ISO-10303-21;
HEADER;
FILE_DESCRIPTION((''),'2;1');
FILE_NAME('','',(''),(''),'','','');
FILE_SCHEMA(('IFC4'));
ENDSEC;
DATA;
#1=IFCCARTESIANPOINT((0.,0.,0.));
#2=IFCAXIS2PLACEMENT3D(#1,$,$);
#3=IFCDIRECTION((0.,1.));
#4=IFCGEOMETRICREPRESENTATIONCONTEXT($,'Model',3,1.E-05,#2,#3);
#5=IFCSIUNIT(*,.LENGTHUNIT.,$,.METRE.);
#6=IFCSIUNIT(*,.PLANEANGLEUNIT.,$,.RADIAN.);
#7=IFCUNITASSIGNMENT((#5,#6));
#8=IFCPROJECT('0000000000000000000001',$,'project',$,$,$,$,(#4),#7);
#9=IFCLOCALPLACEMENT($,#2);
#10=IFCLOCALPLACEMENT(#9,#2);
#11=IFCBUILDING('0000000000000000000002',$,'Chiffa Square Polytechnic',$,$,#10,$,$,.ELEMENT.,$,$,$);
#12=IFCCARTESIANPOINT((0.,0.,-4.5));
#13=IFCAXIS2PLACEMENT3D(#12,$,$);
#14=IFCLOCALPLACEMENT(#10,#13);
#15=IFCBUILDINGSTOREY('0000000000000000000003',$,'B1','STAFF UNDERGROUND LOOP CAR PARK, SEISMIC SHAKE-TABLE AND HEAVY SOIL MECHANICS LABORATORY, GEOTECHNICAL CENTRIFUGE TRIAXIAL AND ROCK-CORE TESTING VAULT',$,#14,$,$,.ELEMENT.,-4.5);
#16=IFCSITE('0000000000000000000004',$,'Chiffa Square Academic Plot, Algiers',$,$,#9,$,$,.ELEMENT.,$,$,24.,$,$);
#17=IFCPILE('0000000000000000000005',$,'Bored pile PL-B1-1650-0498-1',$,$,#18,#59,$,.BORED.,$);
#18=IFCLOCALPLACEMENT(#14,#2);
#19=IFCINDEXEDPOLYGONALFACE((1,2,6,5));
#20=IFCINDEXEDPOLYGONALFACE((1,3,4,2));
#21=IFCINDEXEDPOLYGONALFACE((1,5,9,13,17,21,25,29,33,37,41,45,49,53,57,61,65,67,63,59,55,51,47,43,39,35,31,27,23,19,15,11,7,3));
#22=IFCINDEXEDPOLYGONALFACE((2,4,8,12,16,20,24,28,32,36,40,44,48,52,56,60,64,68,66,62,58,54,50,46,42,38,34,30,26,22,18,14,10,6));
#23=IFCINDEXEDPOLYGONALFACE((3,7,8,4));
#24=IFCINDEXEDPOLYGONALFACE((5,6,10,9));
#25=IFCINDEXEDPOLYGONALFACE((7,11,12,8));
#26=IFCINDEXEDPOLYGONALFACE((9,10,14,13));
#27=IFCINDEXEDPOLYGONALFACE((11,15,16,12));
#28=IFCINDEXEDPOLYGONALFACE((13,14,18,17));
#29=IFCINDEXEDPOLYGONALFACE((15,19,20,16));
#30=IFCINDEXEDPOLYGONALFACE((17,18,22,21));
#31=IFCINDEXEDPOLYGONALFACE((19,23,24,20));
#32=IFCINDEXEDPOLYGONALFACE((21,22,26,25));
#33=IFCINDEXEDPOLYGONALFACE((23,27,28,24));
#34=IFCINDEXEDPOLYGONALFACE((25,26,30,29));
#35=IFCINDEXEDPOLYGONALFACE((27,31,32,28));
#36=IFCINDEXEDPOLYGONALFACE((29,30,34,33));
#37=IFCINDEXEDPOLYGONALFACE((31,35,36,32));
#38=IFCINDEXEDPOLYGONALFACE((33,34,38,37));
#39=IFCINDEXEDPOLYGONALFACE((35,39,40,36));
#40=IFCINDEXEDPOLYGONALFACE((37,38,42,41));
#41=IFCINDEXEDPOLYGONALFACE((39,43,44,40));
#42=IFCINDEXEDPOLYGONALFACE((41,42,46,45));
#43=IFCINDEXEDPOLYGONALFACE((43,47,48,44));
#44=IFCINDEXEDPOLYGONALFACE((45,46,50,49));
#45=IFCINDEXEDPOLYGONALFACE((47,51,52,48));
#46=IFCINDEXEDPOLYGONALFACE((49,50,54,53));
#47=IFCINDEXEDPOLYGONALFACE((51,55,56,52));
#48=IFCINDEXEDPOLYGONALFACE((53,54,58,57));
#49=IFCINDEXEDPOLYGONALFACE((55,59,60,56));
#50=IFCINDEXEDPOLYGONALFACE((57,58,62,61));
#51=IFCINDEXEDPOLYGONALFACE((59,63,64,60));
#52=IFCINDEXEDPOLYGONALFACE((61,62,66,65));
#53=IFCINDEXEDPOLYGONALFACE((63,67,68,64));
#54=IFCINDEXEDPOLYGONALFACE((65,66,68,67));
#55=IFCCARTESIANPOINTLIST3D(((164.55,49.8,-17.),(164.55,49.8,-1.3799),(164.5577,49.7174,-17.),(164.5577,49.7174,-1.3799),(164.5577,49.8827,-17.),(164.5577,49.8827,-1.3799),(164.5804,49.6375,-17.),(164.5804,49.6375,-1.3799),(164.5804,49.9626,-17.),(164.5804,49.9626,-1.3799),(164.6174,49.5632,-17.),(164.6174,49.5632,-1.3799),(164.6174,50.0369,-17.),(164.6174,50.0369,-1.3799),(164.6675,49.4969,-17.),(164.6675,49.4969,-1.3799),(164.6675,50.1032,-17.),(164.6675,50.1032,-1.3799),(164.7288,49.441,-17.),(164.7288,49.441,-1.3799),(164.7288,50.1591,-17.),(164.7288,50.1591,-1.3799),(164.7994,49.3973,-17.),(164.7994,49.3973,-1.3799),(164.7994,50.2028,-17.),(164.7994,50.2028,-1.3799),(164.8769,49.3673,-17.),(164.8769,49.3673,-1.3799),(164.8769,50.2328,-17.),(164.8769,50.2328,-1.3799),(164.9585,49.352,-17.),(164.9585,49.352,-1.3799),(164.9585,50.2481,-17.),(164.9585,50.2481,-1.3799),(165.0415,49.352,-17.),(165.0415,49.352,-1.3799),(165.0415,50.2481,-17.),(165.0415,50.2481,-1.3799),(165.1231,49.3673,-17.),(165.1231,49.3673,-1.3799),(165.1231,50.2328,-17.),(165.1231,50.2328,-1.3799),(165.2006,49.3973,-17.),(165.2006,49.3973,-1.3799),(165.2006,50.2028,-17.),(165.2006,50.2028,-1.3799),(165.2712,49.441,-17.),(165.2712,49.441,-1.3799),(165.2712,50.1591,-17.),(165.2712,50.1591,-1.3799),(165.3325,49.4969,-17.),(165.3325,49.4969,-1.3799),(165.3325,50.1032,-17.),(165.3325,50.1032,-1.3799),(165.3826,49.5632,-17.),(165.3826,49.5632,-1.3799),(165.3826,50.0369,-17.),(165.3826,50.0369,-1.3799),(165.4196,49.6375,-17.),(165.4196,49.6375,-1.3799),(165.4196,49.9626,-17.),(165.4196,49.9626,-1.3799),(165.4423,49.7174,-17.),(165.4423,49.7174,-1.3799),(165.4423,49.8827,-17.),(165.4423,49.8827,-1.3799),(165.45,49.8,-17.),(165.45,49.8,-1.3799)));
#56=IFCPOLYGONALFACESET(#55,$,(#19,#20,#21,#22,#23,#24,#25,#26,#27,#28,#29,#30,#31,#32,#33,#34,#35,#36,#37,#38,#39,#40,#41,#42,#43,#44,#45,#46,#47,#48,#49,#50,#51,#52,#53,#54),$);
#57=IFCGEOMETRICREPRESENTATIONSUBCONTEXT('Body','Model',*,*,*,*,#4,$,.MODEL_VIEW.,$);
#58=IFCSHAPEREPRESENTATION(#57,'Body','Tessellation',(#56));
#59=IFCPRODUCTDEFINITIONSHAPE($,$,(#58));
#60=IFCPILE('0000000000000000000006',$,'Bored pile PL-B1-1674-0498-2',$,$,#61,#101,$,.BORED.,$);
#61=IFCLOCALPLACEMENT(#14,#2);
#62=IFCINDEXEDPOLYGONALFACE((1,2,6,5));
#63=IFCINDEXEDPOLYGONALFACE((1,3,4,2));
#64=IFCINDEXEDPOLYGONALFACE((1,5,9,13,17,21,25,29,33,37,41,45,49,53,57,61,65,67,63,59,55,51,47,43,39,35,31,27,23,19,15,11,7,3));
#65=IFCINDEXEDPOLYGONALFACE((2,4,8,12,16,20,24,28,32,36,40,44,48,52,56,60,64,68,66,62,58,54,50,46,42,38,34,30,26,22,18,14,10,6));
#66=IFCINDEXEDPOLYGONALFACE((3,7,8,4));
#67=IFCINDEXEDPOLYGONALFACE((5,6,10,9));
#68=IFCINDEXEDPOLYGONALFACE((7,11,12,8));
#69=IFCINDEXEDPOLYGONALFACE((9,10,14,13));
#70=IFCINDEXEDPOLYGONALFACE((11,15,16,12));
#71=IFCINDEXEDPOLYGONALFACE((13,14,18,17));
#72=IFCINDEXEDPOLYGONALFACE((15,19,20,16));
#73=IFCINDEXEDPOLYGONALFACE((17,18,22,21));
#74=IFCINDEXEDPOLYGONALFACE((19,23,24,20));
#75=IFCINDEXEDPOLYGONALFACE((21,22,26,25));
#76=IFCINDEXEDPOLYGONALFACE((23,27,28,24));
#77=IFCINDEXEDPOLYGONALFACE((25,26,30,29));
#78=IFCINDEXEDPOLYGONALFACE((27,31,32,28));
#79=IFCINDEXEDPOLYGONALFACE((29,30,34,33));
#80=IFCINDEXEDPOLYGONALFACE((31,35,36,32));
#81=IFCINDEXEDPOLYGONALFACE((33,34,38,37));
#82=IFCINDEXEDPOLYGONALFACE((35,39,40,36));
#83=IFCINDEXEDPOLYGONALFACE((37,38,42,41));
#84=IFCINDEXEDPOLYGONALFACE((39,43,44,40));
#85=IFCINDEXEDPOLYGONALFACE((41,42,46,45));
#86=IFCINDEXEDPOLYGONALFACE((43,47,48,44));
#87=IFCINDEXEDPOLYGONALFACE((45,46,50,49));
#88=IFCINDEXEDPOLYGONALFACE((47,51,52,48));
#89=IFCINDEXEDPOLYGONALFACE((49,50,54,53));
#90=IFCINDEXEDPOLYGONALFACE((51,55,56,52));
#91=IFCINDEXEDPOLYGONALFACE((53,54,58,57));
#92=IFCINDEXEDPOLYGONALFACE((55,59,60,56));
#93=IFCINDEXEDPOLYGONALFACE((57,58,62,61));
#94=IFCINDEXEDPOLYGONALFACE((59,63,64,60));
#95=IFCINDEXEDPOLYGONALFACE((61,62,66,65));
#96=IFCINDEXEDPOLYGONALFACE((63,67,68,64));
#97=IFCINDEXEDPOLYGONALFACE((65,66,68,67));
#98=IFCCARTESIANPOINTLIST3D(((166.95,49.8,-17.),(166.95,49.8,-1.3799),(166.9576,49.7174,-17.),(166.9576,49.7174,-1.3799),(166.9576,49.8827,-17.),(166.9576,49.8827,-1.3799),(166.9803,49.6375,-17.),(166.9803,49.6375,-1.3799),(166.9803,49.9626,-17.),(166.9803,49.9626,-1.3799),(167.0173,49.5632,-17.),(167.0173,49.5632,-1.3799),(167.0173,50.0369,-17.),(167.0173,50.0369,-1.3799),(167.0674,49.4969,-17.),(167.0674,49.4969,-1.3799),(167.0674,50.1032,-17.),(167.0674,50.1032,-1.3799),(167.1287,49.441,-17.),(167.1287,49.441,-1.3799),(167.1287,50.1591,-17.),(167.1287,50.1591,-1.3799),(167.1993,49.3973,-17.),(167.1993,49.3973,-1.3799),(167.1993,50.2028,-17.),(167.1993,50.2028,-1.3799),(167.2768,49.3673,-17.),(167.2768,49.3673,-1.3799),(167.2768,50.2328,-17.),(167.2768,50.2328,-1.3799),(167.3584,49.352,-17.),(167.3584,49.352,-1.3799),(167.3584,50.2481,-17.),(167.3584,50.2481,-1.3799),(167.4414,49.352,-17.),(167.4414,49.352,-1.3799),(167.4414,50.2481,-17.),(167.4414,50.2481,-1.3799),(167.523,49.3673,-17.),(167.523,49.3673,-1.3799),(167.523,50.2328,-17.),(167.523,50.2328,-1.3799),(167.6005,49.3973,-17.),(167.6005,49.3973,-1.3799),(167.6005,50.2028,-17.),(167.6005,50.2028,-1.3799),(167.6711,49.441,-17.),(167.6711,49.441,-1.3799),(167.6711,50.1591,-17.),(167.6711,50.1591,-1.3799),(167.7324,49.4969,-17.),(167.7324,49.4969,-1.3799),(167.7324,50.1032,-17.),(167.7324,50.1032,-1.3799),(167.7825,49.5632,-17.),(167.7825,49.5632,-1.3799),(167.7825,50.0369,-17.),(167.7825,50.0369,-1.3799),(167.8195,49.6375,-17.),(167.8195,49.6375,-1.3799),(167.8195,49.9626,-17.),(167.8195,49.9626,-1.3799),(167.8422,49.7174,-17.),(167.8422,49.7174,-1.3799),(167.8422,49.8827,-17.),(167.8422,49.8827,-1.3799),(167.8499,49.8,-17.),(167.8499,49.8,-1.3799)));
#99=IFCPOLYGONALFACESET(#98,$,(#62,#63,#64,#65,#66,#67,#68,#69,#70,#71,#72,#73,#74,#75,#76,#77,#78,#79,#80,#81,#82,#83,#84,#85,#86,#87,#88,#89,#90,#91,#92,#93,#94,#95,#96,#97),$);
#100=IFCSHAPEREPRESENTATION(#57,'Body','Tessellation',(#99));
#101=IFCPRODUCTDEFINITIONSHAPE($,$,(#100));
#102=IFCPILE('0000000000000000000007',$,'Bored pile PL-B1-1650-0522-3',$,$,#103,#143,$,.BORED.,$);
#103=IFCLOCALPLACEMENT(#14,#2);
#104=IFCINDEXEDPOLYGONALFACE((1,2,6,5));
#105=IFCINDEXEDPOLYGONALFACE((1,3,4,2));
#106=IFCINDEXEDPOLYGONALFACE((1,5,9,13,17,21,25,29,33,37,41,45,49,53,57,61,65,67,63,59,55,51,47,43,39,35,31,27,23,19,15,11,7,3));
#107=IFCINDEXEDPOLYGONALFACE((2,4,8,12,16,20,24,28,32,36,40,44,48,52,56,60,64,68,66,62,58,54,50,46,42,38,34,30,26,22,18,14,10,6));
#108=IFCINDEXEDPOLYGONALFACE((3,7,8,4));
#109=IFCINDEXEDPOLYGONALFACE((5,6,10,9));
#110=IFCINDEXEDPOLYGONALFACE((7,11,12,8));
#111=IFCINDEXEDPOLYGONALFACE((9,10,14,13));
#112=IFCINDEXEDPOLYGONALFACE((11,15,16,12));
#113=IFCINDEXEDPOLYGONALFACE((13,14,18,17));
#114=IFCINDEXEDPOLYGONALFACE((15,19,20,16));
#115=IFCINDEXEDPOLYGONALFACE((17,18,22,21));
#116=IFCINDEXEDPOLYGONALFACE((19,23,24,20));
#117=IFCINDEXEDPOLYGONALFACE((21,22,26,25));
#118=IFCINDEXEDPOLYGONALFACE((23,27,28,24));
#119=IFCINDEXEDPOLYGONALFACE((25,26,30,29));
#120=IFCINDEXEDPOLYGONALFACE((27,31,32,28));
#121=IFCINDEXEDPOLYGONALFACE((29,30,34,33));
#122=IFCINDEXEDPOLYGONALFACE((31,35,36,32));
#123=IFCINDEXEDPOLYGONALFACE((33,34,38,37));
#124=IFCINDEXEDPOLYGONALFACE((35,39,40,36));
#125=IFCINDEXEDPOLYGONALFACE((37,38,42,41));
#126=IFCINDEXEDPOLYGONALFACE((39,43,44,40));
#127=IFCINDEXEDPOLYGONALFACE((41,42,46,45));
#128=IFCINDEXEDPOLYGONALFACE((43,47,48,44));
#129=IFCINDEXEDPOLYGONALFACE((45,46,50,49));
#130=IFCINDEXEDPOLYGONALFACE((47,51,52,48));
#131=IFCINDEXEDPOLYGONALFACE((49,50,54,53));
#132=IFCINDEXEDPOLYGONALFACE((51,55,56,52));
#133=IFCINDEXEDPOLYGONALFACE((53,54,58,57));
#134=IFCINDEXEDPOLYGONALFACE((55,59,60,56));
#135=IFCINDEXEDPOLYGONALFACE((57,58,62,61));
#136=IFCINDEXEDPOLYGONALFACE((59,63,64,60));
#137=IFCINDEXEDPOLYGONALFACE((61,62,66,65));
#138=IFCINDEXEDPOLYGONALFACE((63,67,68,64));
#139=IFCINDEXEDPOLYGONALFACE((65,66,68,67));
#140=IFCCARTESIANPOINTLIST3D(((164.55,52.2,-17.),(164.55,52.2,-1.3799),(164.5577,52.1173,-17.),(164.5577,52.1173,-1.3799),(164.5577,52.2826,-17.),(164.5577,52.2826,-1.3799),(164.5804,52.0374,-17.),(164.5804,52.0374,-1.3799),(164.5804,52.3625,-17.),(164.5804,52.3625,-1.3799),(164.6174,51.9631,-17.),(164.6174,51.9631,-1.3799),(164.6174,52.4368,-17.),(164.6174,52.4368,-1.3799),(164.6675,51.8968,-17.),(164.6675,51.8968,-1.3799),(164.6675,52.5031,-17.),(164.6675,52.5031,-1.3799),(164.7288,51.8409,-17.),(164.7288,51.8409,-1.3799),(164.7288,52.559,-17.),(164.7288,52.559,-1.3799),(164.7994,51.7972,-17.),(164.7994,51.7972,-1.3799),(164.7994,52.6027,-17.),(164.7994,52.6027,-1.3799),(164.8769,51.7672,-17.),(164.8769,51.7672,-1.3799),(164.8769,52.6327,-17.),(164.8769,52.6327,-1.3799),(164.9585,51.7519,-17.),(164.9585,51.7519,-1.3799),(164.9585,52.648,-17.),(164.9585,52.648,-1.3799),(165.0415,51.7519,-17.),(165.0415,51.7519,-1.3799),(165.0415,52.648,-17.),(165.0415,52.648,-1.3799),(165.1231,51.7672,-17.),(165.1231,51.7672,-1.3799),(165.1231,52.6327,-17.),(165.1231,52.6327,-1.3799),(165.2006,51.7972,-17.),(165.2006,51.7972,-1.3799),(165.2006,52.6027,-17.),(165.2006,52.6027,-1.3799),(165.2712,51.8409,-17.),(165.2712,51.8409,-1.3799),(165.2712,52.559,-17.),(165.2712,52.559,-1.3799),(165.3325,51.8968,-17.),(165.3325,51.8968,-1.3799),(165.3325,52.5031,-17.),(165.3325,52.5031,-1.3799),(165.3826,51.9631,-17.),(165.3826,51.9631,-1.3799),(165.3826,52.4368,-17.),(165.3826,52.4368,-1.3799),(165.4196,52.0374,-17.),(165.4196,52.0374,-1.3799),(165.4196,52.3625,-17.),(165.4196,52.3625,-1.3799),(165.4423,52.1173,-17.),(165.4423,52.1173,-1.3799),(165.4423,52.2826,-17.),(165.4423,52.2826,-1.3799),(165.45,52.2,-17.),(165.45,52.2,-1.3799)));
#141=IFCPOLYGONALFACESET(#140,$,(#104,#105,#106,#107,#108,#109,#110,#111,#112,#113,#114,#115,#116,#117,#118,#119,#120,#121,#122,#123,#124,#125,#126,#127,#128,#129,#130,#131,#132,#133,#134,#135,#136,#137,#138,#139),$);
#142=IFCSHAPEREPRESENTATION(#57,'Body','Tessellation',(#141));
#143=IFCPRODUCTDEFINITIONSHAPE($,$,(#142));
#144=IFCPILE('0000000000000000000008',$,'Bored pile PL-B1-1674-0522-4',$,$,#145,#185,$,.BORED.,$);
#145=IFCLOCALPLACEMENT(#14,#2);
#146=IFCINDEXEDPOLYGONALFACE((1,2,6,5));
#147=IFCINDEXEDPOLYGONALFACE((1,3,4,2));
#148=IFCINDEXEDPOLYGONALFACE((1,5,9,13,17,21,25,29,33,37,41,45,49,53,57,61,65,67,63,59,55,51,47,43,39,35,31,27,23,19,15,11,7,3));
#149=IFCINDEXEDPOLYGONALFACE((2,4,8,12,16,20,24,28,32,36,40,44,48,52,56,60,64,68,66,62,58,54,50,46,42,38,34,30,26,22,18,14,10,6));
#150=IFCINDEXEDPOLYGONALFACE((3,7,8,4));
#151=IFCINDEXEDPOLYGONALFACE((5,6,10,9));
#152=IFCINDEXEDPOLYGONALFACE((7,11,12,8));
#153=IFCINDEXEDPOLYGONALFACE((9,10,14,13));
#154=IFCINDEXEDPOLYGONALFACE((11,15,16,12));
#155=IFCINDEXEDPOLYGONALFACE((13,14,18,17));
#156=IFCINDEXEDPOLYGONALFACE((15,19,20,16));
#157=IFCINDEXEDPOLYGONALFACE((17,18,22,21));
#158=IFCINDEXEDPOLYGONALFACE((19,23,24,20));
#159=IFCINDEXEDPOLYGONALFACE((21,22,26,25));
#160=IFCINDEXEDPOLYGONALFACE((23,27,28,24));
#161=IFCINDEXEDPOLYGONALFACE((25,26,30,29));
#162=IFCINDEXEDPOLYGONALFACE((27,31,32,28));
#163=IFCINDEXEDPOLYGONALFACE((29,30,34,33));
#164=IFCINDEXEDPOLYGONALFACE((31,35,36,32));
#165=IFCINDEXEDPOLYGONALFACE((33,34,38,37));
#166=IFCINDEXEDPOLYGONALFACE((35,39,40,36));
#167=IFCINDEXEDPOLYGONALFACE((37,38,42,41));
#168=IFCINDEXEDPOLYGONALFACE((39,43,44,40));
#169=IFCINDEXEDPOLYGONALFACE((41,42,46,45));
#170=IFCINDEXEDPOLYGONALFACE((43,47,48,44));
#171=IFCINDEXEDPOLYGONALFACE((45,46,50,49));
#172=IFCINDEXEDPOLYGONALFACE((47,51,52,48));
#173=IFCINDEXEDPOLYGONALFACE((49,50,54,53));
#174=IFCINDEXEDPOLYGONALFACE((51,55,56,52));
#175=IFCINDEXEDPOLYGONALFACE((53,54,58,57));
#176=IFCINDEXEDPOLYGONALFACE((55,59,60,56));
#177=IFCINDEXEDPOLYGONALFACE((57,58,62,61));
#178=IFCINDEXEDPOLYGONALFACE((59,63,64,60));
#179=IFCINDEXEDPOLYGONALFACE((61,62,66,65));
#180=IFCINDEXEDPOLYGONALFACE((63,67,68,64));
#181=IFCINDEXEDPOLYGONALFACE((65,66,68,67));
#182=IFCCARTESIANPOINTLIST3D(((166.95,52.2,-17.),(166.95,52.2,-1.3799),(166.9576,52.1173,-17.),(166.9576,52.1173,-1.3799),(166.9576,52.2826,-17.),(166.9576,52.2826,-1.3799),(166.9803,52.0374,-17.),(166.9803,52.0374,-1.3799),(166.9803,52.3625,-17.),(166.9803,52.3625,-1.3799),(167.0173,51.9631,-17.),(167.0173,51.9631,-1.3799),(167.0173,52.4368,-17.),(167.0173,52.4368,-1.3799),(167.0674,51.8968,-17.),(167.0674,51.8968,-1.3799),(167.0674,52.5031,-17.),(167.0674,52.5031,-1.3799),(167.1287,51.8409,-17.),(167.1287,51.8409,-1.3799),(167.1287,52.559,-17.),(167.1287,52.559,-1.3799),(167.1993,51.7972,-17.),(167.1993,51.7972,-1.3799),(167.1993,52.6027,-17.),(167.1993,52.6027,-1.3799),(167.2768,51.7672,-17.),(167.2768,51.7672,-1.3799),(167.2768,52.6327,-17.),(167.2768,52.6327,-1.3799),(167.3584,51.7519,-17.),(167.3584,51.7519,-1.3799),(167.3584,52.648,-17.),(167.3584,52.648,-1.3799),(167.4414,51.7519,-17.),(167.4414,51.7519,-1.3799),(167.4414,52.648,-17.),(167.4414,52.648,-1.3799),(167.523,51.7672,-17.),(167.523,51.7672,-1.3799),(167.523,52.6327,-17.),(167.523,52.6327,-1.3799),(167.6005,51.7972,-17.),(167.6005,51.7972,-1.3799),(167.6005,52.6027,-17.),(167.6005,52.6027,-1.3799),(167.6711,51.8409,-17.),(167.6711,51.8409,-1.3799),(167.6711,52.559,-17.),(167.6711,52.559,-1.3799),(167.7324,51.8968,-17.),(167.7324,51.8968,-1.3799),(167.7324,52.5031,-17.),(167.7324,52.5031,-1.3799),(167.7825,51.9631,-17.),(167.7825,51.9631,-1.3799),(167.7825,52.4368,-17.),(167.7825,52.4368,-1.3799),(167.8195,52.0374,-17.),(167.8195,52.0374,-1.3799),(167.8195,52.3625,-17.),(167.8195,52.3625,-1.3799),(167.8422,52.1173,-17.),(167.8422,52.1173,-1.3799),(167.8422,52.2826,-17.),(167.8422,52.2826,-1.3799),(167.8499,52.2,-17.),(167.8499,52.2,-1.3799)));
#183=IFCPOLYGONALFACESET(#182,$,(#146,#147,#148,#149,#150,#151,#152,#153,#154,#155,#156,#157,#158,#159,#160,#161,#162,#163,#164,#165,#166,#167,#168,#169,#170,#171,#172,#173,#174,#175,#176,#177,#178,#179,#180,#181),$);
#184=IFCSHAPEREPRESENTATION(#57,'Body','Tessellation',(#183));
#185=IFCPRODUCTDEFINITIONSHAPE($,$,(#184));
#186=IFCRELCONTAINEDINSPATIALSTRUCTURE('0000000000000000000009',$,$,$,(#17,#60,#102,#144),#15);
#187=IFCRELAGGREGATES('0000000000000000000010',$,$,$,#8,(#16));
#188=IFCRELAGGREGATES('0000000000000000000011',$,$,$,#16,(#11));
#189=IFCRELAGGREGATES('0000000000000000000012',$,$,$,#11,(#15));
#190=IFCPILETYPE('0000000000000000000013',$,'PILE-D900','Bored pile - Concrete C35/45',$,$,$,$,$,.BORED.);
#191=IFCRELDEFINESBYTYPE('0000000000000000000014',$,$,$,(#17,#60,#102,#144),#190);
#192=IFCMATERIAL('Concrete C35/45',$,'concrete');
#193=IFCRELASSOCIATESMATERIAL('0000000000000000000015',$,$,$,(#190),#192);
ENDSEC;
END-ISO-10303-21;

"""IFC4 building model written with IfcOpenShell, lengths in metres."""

from ifc_helpers import new_model, si_unit, direction, frame, origin, origin_2d, place, context, subcontext, project, spatial, circle, extrude, material, material_profile, profile_set, type_object, element, save


model = new_model("IFC4")

# Units and contexts
model_context = context("Model", 3, precision=1e-05, world=origin(), true_north=direction((0.0, 1.0)))
body_context = subcontext(model_context, "Body", "Model", "MODEL_VIEW")
ifc_project = project(units=[si_unit("LENGTHUNIT", "METRE"), si_unit("PLANEANGLEUNIT", "RADIAN")], contexts=[model_context])

# Site, building, storey
site_placement = place(None, origin())
site = spatial("IfcSite", under=ifc_project, at=site_placement, Name="Chiffa Square Academic Plot, Algiers", CompositionType="ELEMENT", RefElevation=24.0)
building_placement = place(site_placement, origin())
building = spatial("IfcBuilding", under=site, at=building_placement, Name="Chiffa Square Polytechnic", CompositionType="ELEMENT")
storey_placement = place(building_placement, frame((0.0, 0.0, -4.5)))
storey = spatial("IfcBuildingStorey", under=building, at=storey_placement, Name="B1", Description="STAFF UNDERGROUND LOOP CAR PARK, SEISMIC SHAKE-TABLE AND HEAVY SOIL MECHANICS LABORATORY, GEOTECHNICAL CENTRIFUGE TRIAXIAL AND ROCK-CORE TESTING VAULT", CompositionType="ELEMENT", Elevation=-4.5)

# Shared definitions
ifc_material_1 = material(Name="Concrete C35/45", Category="concrete")

# Piles
ifc_material_profile_1 = material_profile(ifc_material_1, circle(Radius=0.45, at=origin_2d()), Name="PILE D900")
ifc_profile_set_1 = profile_set([ifc_material_profile_1], Name="Concrete C35/45")
pile_type = type_object("IfcPileType", Name="PILE-D900", Description="Bored pile - Concrete C35/45", PredefinedType="BORED", material=ifc_profile_set_1)
for number, where, z_axis, x_axis, name in (
    (1, (165.0, 49.8, -1.3799), (0.0, 0.0, -1.0), (1.0, 0.0, 0.0), "Bored pile PL-B1-1650-0498-1"),
    (2, (167.3999, 49.8, -1.3799), (0.0, 0.0, -1.0), (1.0, 0.0, 0.0), "Bored pile PL-B1-1674-0498-2"),
    (3, (165.0, 52.2, -1.3799), (0.0, 0.0, -1.0), (1.0, 0.0, 0.0), "Bored pile PL-B1-1650-0522-3"),
    (4, (167.3999, 52.2, -1.3799), (0.0, 0.0, -1.0), (1.0, 0.0, 0.0), "Bored pile PL-B1-1674-0522-4"),
):
    element("IfcPile", number, at=place(storey_placement, frame(where, z_axis=z_axis, x_axis=x_axis)), inside=storey, type_object=pile_type, Name=name, PredefinedType="BORED", context=body_context, shape_type="SweptSolid", body=[
        extrude(circle(Radius=0.45, at=origin_2d()), origin(), (0.0, 0.0, 1.0), 15.6201),
    ])

save(model, "model.ifc")
